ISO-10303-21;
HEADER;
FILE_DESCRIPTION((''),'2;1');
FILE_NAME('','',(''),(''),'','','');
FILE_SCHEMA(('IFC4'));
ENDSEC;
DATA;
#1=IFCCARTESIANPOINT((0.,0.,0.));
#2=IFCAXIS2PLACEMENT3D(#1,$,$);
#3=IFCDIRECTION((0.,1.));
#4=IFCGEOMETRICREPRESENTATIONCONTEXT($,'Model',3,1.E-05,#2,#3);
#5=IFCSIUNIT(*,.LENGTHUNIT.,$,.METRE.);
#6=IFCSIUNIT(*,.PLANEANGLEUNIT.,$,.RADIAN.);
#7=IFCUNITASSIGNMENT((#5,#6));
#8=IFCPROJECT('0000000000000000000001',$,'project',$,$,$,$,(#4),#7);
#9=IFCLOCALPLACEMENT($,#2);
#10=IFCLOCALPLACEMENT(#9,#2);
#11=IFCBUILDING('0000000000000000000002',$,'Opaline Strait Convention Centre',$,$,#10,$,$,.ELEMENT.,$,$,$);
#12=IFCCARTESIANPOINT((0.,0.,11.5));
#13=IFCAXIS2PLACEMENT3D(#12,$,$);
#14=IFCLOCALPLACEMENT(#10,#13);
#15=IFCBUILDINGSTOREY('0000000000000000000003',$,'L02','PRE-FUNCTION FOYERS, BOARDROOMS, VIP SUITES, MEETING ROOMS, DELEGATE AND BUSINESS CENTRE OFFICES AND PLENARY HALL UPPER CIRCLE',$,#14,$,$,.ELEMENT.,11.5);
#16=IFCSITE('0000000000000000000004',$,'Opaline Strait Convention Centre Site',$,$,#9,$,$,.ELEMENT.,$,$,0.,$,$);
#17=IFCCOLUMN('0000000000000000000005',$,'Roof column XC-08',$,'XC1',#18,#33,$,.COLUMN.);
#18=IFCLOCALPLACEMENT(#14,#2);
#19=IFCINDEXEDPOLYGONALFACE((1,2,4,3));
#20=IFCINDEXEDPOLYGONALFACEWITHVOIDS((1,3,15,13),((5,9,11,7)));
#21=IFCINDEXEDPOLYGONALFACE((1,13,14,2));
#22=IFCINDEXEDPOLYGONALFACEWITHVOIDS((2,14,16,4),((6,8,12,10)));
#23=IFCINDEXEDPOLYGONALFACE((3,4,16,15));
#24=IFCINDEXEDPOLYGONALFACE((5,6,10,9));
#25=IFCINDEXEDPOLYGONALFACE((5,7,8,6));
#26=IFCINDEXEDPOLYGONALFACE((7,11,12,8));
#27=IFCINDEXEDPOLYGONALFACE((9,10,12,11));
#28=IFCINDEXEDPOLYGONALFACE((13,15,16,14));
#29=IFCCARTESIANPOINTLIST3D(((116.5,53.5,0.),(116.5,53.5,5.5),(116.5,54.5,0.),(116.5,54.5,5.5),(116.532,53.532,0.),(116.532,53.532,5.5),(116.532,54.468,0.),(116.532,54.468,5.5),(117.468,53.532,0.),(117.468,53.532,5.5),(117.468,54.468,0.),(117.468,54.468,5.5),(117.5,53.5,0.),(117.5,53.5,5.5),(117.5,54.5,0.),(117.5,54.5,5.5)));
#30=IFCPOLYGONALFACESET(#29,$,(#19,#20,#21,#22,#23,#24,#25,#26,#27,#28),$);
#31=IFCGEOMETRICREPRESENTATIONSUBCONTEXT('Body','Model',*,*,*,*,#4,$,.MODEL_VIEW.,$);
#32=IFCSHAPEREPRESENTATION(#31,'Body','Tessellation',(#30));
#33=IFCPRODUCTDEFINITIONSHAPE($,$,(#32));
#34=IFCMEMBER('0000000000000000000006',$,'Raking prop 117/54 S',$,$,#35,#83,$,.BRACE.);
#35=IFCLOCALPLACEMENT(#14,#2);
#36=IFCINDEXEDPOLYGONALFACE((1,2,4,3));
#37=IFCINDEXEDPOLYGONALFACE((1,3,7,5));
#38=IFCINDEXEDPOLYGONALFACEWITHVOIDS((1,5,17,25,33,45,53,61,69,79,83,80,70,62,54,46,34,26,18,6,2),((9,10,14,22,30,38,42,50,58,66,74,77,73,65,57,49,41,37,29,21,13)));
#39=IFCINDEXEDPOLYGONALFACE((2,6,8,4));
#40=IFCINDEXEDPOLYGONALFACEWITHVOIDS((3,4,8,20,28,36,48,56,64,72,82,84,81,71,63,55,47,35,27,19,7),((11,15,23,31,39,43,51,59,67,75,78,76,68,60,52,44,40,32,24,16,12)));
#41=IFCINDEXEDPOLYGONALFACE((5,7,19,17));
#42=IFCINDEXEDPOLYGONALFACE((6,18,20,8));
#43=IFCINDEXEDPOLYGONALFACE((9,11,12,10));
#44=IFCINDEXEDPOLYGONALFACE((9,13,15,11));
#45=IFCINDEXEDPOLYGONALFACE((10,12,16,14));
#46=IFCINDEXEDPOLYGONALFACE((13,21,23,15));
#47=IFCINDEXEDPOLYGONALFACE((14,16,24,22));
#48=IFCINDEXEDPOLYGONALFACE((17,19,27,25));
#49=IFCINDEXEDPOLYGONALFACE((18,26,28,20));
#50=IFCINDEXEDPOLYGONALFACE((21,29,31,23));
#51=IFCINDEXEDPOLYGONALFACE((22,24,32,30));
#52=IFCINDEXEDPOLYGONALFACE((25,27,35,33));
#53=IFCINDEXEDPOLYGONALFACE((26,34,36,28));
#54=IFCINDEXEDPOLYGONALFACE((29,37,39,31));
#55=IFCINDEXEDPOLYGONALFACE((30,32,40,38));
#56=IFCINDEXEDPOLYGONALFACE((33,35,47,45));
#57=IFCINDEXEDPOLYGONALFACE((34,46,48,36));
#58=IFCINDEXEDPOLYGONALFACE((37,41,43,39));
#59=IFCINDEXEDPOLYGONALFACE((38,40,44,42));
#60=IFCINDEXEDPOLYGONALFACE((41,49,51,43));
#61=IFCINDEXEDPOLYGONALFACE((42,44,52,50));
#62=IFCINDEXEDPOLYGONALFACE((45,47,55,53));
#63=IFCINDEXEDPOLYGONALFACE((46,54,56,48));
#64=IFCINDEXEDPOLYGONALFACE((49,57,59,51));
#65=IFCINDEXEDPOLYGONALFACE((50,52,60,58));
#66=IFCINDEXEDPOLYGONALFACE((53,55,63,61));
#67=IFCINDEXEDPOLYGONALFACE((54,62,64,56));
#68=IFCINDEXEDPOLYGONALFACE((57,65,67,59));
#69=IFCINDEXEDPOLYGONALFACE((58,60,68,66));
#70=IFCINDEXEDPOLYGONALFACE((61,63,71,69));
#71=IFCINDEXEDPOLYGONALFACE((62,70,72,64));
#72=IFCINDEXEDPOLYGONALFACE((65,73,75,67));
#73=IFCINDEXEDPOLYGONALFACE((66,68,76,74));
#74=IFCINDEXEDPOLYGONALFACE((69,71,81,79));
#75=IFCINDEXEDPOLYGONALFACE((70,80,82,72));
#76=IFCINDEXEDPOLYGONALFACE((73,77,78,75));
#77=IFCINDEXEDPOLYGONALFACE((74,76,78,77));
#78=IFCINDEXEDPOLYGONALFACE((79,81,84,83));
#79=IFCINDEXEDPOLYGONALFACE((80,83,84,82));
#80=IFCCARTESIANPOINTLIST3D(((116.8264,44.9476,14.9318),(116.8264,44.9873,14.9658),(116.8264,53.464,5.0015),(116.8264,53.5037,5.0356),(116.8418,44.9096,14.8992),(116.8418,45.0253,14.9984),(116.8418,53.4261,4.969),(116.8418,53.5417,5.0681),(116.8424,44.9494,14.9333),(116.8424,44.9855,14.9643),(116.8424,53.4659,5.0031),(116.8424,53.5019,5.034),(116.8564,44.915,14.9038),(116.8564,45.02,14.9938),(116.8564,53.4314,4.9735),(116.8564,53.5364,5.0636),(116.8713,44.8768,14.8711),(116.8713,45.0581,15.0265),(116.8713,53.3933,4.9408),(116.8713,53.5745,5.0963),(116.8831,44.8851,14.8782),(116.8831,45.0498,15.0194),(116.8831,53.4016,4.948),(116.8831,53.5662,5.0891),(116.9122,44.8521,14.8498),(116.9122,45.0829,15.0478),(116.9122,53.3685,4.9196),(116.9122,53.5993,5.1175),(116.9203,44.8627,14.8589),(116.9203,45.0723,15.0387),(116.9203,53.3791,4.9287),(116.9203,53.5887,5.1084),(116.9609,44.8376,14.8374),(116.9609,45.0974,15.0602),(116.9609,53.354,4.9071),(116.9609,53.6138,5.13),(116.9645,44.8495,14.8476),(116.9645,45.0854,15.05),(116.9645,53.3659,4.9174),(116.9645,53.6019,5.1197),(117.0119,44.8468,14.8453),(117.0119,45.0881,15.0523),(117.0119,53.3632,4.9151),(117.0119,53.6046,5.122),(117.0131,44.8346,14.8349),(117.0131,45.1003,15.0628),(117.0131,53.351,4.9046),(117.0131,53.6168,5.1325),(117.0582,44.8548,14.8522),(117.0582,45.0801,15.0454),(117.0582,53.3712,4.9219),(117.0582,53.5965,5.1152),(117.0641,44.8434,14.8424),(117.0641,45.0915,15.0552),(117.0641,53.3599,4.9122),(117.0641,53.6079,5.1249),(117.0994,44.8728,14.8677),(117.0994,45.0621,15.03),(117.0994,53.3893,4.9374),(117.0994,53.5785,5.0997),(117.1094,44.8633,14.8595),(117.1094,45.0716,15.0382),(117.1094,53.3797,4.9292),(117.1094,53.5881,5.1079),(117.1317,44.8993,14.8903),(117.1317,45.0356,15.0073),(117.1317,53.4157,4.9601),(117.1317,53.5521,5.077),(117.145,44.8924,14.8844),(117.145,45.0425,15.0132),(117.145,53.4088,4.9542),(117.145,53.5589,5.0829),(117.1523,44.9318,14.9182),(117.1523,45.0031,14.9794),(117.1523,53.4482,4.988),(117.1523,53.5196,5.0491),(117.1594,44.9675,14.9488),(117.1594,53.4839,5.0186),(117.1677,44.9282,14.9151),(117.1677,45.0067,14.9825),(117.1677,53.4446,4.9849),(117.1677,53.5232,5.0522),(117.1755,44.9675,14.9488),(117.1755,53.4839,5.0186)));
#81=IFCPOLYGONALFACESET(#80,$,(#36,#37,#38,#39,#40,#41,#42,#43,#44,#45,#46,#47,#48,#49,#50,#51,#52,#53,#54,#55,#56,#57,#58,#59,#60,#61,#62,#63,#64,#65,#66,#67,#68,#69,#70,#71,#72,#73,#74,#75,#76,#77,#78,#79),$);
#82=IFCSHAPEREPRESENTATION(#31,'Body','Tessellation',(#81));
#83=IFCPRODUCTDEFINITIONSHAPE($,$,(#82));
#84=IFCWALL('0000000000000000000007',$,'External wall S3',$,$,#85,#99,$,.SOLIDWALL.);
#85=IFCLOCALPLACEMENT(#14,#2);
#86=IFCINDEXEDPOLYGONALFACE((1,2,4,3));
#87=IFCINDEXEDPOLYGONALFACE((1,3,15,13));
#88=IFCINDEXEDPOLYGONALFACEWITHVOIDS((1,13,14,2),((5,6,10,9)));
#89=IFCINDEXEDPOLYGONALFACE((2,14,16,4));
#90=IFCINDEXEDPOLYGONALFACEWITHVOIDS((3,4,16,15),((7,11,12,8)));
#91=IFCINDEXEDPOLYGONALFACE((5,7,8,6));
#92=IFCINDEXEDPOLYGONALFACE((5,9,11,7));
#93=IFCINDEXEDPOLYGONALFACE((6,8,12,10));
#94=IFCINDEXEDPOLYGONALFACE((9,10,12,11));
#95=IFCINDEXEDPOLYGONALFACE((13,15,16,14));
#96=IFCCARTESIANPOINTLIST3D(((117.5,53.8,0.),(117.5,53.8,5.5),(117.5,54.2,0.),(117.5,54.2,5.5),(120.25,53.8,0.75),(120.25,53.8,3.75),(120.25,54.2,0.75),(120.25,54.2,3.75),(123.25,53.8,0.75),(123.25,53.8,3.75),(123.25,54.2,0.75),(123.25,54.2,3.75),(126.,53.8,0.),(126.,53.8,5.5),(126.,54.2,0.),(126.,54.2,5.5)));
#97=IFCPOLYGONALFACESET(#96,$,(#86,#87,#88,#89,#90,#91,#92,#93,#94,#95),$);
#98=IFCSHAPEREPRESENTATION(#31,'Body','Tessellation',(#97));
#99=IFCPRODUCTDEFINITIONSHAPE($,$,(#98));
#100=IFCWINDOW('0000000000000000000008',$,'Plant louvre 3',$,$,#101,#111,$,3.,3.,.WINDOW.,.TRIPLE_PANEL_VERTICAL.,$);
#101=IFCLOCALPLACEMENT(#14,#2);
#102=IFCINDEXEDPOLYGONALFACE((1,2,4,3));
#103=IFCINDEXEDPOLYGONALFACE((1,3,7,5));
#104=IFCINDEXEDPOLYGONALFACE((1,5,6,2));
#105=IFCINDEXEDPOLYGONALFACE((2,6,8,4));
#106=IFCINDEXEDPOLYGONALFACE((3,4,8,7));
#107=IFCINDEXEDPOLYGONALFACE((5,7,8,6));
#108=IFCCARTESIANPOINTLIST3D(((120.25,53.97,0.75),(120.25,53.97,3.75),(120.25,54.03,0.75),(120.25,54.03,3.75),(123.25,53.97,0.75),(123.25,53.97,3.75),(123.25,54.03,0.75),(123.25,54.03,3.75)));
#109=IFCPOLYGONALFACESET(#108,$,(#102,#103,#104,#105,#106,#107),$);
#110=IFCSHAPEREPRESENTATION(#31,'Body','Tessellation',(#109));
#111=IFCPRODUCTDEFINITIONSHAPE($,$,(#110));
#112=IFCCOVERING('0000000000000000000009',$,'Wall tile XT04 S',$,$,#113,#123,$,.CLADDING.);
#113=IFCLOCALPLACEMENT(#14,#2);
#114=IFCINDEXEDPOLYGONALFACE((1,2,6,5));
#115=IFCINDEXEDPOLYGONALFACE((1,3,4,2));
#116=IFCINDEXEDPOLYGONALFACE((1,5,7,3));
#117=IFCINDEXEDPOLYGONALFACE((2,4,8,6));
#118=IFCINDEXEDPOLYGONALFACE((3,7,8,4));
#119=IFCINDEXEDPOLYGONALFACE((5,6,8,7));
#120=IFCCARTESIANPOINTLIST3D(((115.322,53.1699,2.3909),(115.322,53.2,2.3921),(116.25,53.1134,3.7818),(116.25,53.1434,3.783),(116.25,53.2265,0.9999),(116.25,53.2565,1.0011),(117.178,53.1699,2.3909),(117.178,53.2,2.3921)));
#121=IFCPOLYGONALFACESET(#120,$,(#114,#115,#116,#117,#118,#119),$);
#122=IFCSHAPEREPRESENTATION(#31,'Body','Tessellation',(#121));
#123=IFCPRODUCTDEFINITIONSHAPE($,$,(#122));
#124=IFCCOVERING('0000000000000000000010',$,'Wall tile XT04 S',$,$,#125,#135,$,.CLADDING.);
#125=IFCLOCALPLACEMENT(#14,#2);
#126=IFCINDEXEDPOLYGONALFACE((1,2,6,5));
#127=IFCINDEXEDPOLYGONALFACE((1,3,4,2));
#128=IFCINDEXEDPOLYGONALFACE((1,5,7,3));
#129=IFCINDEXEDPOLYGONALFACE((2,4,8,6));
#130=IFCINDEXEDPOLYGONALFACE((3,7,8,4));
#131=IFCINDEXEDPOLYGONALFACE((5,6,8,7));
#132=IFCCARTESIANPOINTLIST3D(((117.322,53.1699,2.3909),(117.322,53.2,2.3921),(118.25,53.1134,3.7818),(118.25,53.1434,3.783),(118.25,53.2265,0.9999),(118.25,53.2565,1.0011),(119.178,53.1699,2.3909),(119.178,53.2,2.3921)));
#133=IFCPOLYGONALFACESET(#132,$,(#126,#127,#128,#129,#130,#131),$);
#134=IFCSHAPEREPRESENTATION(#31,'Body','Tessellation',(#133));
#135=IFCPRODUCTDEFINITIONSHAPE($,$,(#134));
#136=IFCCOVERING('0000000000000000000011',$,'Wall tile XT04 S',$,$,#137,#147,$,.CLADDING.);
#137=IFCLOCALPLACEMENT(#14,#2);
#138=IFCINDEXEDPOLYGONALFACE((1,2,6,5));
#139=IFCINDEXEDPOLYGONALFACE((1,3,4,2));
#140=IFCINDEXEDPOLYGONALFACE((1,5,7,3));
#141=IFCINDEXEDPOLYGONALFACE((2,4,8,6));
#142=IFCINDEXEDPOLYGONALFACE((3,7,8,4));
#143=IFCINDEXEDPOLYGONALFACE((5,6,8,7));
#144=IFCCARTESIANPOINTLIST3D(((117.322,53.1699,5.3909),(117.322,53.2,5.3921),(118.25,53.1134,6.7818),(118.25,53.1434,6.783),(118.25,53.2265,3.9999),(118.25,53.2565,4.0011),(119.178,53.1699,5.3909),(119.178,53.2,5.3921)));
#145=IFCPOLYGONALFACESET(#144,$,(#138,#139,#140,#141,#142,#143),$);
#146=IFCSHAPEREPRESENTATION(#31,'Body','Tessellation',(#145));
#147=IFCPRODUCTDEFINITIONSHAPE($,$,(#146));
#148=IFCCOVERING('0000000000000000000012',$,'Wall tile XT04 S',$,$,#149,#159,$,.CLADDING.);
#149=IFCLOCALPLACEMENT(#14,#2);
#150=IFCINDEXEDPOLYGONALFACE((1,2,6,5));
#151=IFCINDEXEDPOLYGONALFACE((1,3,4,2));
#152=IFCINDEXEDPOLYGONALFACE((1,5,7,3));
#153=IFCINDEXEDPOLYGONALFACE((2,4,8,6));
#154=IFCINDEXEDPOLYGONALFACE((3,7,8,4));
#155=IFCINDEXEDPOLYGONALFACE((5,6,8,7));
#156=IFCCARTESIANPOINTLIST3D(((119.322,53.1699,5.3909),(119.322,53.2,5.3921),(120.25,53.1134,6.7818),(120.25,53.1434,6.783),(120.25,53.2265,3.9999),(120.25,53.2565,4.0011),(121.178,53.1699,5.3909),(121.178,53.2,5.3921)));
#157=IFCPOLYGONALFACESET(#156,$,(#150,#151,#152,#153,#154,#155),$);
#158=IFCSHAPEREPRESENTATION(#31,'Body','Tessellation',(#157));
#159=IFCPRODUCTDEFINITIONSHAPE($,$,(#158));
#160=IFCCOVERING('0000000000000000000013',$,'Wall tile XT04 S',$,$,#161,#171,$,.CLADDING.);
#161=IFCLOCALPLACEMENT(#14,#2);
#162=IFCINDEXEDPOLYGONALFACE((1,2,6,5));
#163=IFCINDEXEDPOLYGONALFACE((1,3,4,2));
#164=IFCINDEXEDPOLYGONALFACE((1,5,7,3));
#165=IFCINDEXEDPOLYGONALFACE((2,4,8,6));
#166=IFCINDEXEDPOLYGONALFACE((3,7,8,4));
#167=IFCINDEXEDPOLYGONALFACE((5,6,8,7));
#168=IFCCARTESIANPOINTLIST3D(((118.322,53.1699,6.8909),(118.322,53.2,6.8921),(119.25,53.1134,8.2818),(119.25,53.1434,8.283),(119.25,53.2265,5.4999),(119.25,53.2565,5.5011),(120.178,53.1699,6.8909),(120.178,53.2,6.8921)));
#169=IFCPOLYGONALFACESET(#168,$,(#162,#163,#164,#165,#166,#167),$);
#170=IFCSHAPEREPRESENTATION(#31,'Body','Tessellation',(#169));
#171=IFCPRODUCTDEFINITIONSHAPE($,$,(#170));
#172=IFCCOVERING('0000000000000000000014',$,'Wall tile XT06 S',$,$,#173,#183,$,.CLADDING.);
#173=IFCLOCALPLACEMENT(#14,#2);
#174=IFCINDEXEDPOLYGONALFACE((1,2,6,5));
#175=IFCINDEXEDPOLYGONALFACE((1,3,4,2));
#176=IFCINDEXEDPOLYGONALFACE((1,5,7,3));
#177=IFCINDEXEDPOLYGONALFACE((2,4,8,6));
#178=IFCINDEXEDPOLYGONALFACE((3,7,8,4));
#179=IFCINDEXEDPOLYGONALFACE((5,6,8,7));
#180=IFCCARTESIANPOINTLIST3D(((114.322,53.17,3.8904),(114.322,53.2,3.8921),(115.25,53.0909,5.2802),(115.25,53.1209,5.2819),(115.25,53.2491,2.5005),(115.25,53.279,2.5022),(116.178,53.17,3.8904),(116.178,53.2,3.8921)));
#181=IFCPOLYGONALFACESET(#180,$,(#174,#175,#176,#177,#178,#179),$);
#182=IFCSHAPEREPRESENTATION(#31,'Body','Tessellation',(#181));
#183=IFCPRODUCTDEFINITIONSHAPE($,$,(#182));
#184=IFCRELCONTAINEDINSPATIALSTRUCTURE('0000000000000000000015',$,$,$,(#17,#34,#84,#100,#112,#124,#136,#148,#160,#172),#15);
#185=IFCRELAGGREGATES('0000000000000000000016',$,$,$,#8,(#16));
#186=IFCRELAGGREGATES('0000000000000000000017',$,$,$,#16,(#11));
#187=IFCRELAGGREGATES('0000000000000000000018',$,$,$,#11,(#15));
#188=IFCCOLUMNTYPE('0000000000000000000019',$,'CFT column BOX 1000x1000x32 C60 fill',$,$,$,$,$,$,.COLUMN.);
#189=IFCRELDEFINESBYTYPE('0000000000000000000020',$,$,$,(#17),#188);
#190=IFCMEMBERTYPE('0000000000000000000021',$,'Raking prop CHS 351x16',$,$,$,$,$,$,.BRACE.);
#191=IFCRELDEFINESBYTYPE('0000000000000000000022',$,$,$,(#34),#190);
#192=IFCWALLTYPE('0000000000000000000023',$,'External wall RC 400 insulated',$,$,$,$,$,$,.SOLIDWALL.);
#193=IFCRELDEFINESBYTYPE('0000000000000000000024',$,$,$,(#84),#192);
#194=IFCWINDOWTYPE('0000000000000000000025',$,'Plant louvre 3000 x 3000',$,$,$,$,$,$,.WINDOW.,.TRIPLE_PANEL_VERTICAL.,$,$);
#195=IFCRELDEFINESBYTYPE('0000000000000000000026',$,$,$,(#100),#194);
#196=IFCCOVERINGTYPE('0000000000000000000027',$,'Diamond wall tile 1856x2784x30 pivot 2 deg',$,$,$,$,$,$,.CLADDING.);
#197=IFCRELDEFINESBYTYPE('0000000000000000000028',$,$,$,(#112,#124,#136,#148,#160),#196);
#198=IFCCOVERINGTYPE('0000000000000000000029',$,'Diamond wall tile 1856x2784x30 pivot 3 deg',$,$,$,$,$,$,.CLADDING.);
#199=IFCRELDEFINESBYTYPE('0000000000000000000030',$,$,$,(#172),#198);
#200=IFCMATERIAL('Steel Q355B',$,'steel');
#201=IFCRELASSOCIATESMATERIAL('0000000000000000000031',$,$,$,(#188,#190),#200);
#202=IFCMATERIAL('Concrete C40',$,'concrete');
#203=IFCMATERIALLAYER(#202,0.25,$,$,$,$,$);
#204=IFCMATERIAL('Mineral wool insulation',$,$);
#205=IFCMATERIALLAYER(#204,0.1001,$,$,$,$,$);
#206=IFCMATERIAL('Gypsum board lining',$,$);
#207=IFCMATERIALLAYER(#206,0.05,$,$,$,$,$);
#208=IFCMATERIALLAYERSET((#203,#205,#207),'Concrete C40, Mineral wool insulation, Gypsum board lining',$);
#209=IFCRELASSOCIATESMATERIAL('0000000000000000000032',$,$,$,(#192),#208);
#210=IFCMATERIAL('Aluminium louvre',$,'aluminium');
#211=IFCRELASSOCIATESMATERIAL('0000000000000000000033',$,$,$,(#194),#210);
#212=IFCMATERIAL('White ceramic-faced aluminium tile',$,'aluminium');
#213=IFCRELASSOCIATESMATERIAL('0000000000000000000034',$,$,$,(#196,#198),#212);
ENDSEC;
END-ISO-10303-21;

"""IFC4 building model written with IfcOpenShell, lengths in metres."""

from ifc_helpers import new_model, si_unit, direction, frame, frame_2d, origin, origin_2d, place, context, subcontext, project, spatial, polyline, rectangle, hollow_rectangle, hollow_circle, outline, extrude, material, layer, layer_set, material_profile, profile_set, type_object, element, fill, save


model = new_model("IFC4")

# Units and contexts
model_context = context("Model", 3, precision=1e-05, world=origin(), true_north=direction((0.0, 1.0)))
body_context = subcontext(model_context, "Body", "Model", "MODEL_VIEW")
ifc_project = project(units=[si_unit("LENGTHUNIT", "METRE"), si_unit("PLANEANGLEUNIT", "RADIAN")], contexts=[model_context])

# Site, building, storey
site_placement = place(None, origin())
site = spatial("IfcSite", under=ifc_project, at=site_placement, Name="Opaline Strait Convention Centre Site", CompositionType="ELEMENT", RefElevation=0.0)
building_placement = place(site_placement, origin())
building = spatial("IfcBuilding", under=site, at=building_placement, Name="Opaline Strait Convention Centre", CompositionType="ELEMENT")
storey_placement = place(building_placement, frame((0.0, 0.0, 11.5)))
storey = spatial("IfcBuildingStorey", under=building, at=storey_placement, Name="L02", Description="PRE-FUNCTION FOYERS, BOARDROOMS, VIP SUITES, MEETING ROOMS, DELEGATE AND BUSINESS CENTRE OFFICES AND PLENARY HALL UPPER CIRCLE", CompositionType="ELEMENT", Elevation=11.5)

# Column
ifc_material_1 = material(Name="Steel Q355B", Category="steel")
ifc_material_profile_1 = material_profile(ifc_material_1, hollow_rectangle(XDim=1.0, YDim=1.0, WallThickness=0.032, at=origin_2d()), Name="BOX 1000x1000x32")
ifc_profile_set_1 = profile_set([ifc_material_profile_1], Name="Steel Q355B")
column_type = type_object("IfcColumnType", Name="CFT column BOX 1000x1000x32 C60 fill", PredefinedType="COLUMN", material=ifc_profile_set_1)
column_placement = place(storey_placement, frame((117.0, 54.0, 0.0), z_axis=(0.0, 0.0, 1.0), x_axis=(1.0, 0.0, 0.0)))
element("IfcColumn", 1, at=column_placement, inside=storey, type_object=column_type, Name="Roof column XC-08", ObjectType="XC1", PredefinedType="COLUMN", context=body_context, shape_type="SweptSolid", body=[
    extrude(hollow_rectangle(XDim=1.0, YDim=1.0, WallThickness=0.032, at=origin_2d()), origin(), (0.0, 0.0, 1.0), 5.5),
])

# Member
ifc_material_profile_2 = material_profile(ifc_material_1, hollow_circle(Radius=0.1755, WallThickness=0.0161, at=origin_2d()), Name="CHS 351x16")
ifc_profile_set_2 = profile_set([ifc_material_profile_2], Name="Steel Q355B")
member_type = type_object("IfcMemberType", Name="Raking prop CHS 351x16", PredefinedType="BRACE", material=ifc_profile_set_2)
member_placement = place(storey_placement, frame((117.0, 53.4839, 5.0186), z_axis=(0.0, -0.651002, 0.759076), x_axis=(1.0, 0.0, 0.0)))
element("IfcMember", 2, at=member_placement, inside=storey, type_object=member_type, Name="Raking prop 117/54 S", PredefinedType="BRACE", context=body_context, shape_type="SweptSolid", body=[
    extrude(hollow_circle(Radius=0.1755, WallThickness=0.0161, at=origin_2d()), origin(), (0.0, 0.0, 1.0), 13.082),
])

# Wall, opening, window
ifc_material_2 = material(Name="Concrete C40", Category="concrete")
ifc_layer_1 = layer(ifc_material_2, 0.25)
ifc_material_3 = material(Name="Mineral wool insulation")
ifc_layer_2 = layer(ifc_material_3, 0.1001)
ifc_material_4 = material(Name="Gypsum board lining")
ifc_layer_3 = layer(ifc_material_4, 0.05)
ifc_layer_set = layer_set([ifc_layer_1, ifc_layer_2, ifc_layer_3], Name="Concrete C40, Mineral wool insulation, Gypsum board lining")
wall_type = type_object("IfcWallType", Name="External wall RC 400 insulated", PredefinedType="SOLIDWALL", material=ifc_layer_set)
wall_placement = place(storey_placement, frame((117.5, 54.0, 0.0), z_axis=(0.0, 0.0, 1.0), x_axis=(1.0, 0.0, 0.0)))
wall = element("IfcWall", 3, at=wall_placement, inside=storey, type_object=wall_type, Name="External wall S3", PredefinedType="SOLIDWALL", context=body_context, shape_type="SweptSolid", body=[
    extrude(rectangle(XDim=8.5, YDim=0.3999, at=frame_2d((4.25, 0.0))), origin(), (0.0, 0.0, 1.0), 5.5),
])
opening_placement = place(wall_placement, frame((2.75, 0.0, 0.75)))
opening = element("IfcOpeningElement", 4, at=opening_placement, cuts=wall, PredefinedType="OPENING", context=body_context, shape_type="SweptSolid", body=[
    extrude(rectangle(XDim=3.0, YDim=3.0, at=frame_2d((1.5, 1.5))), frame((0.0, 0.21, 0.0), z_axis=(0.0, -1.0, 0.0), x_axis=(1.0, 0.0, 0.0)), (0.0, 0.0, 1.0), 0.4199),
])
ifc_material_5 = material(Name="Aluminium louvre", Category="aluminium")
window_type = type_object("IfcWindowType", Name="Plant louvre 3000 x 3000", PartitioningType="TRIPLE_PANEL_VERTICAL", PredefinedType="WINDOW", material=ifc_material_5)
window_placement = place(opening_placement, origin())
window = element("IfcWindow", 5, at=window_placement, inside=storey, type_object=window_type, Name="Plant louvre 3", OverallHeight=3.0, OverallWidth=3.0, PartitioningType="TRIPLE_PANEL_VERTICAL", PredefinedType="WINDOW", context=body_context, shape_type="SweptSolid", body=[
    extrude(rectangle(XDim=3.0, YDim=3.0, at=frame_2d((1.5, 1.5))), frame((0.0, 0.03, 0.0), z_axis=(0.0, -1.0, 0.0), x_axis=(1.0, 0.0, 0.0)), (0.0, 0.0, 1.0), 0.0601),
])
fill(opening, window)

# Coverings
ifc_material_6 = material(Name="White ceramic-faced aluminium tile", Category="aluminium")
ifc_material_profile_3 = material_profile(ifc_material_6, outline(polyline([(0.928, 0.0), (0.0, 1.3921), (-0.928, 0.0), (0.0, -1.3921), (0.928, 0.0)])), Name="Diamond tile 1856x2784")
ifc_profile_set_3 = profile_set([ifc_material_profile_3], Name="White ceramic-faced aluminium tile")
covering_type_1 = type_object("IfcCoveringType", Name="Diamond wall tile 1856x2784x30 pivot 2 deg", PredefinedType="CLADDING", material=ifc_profile_set_3)
for number, where, z_axis, x_axis, name in (
    (6, (116.25, 53.2, 2.3921), (0.0, -0.999175, -0.040617), (1.0, 0.0, 0.0), "Wall tile XT04 S"),
    (7, (118.25, 53.2, 2.3921), (0.0, -0.999175, -0.040617), (1.0, 0.0, 0.0), "Wall tile XT04 S"),
    (8, (118.25, 53.2, 5.3921), (0.0, -0.999175, -0.040617), (1.0, 0.0, 0.0), "Wall tile XT04 S"),
    (9, (120.25, 53.2, 5.3921), (0.0, -0.999175, -0.040617), (1.0, 0.0, 0.0), "Wall tile XT04 S"),
    (10, (119.25, 53.2, 6.8921), (0.0, -0.999175, -0.040617), (1.0, 0.0, 0.0), "Wall tile XT04 S"),
):
    element("IfcCovering", number, at=place(storey_placement, frame(where, z_axis=z_axis, x_axis=x_axis)), inside=storey, type_object=covering_type_1, Name=name, PredefinedType="CLADDING", context=body_context, shape_type="SweptSolid", body=[
        extrude(outline(polyline([(0.928, 0.0), (0.0, 1.3921), (-0.928, 0.0), (0.0, -1.3921), (0.928, 0.0)])), origin(), (0.0, 0.0, 1.0), 0.03),
    ])
ifc_material_profile_4 = material_profile(ifc_material_6, outline(polyline([(0.928, 0.0), (0.0, 1.3921), (-0.928, 0.0), (0.0, -1.3921), (0.928, 0.0)])), Name="Diamond tile 1856x2784")
ifc_profile_set_4 = profile_set([ifc_material_profile_4], Name="White ceramic-faced aluminium tile")
covering_type_2 = type_object("IfcCoveringType", Name="Diamond wall tile 1856x2784x30 pivot 3 deg", PredefinedType="CLADDING", material=ifc_profile_set_4)
covering_1_placement = place(storey_placement, frame((115.25, 53.2, 3.8921), z_axis=(0.0, -0.998385, -0.056819), x_axis=(1.0, 0.0, 0.0)))
element("IfcCovering", 11, at=covering_1_placement, inside=storey, type_object=covering_type_2, Name="Wall tile XT06 S", PredefinedType="CLADDING", context=body_context, shape_type="SweptSolid", body=[
    extrude(outline(polyline([(0.928, 0.0), (0.0, 1.3921), (-0.928, 0.0), (0.0, -1.3921), (0.928, 0.0)])), origin(), (0.0, 0.0, 1.0), 0.03),
])

save(model, "model.ifc")
